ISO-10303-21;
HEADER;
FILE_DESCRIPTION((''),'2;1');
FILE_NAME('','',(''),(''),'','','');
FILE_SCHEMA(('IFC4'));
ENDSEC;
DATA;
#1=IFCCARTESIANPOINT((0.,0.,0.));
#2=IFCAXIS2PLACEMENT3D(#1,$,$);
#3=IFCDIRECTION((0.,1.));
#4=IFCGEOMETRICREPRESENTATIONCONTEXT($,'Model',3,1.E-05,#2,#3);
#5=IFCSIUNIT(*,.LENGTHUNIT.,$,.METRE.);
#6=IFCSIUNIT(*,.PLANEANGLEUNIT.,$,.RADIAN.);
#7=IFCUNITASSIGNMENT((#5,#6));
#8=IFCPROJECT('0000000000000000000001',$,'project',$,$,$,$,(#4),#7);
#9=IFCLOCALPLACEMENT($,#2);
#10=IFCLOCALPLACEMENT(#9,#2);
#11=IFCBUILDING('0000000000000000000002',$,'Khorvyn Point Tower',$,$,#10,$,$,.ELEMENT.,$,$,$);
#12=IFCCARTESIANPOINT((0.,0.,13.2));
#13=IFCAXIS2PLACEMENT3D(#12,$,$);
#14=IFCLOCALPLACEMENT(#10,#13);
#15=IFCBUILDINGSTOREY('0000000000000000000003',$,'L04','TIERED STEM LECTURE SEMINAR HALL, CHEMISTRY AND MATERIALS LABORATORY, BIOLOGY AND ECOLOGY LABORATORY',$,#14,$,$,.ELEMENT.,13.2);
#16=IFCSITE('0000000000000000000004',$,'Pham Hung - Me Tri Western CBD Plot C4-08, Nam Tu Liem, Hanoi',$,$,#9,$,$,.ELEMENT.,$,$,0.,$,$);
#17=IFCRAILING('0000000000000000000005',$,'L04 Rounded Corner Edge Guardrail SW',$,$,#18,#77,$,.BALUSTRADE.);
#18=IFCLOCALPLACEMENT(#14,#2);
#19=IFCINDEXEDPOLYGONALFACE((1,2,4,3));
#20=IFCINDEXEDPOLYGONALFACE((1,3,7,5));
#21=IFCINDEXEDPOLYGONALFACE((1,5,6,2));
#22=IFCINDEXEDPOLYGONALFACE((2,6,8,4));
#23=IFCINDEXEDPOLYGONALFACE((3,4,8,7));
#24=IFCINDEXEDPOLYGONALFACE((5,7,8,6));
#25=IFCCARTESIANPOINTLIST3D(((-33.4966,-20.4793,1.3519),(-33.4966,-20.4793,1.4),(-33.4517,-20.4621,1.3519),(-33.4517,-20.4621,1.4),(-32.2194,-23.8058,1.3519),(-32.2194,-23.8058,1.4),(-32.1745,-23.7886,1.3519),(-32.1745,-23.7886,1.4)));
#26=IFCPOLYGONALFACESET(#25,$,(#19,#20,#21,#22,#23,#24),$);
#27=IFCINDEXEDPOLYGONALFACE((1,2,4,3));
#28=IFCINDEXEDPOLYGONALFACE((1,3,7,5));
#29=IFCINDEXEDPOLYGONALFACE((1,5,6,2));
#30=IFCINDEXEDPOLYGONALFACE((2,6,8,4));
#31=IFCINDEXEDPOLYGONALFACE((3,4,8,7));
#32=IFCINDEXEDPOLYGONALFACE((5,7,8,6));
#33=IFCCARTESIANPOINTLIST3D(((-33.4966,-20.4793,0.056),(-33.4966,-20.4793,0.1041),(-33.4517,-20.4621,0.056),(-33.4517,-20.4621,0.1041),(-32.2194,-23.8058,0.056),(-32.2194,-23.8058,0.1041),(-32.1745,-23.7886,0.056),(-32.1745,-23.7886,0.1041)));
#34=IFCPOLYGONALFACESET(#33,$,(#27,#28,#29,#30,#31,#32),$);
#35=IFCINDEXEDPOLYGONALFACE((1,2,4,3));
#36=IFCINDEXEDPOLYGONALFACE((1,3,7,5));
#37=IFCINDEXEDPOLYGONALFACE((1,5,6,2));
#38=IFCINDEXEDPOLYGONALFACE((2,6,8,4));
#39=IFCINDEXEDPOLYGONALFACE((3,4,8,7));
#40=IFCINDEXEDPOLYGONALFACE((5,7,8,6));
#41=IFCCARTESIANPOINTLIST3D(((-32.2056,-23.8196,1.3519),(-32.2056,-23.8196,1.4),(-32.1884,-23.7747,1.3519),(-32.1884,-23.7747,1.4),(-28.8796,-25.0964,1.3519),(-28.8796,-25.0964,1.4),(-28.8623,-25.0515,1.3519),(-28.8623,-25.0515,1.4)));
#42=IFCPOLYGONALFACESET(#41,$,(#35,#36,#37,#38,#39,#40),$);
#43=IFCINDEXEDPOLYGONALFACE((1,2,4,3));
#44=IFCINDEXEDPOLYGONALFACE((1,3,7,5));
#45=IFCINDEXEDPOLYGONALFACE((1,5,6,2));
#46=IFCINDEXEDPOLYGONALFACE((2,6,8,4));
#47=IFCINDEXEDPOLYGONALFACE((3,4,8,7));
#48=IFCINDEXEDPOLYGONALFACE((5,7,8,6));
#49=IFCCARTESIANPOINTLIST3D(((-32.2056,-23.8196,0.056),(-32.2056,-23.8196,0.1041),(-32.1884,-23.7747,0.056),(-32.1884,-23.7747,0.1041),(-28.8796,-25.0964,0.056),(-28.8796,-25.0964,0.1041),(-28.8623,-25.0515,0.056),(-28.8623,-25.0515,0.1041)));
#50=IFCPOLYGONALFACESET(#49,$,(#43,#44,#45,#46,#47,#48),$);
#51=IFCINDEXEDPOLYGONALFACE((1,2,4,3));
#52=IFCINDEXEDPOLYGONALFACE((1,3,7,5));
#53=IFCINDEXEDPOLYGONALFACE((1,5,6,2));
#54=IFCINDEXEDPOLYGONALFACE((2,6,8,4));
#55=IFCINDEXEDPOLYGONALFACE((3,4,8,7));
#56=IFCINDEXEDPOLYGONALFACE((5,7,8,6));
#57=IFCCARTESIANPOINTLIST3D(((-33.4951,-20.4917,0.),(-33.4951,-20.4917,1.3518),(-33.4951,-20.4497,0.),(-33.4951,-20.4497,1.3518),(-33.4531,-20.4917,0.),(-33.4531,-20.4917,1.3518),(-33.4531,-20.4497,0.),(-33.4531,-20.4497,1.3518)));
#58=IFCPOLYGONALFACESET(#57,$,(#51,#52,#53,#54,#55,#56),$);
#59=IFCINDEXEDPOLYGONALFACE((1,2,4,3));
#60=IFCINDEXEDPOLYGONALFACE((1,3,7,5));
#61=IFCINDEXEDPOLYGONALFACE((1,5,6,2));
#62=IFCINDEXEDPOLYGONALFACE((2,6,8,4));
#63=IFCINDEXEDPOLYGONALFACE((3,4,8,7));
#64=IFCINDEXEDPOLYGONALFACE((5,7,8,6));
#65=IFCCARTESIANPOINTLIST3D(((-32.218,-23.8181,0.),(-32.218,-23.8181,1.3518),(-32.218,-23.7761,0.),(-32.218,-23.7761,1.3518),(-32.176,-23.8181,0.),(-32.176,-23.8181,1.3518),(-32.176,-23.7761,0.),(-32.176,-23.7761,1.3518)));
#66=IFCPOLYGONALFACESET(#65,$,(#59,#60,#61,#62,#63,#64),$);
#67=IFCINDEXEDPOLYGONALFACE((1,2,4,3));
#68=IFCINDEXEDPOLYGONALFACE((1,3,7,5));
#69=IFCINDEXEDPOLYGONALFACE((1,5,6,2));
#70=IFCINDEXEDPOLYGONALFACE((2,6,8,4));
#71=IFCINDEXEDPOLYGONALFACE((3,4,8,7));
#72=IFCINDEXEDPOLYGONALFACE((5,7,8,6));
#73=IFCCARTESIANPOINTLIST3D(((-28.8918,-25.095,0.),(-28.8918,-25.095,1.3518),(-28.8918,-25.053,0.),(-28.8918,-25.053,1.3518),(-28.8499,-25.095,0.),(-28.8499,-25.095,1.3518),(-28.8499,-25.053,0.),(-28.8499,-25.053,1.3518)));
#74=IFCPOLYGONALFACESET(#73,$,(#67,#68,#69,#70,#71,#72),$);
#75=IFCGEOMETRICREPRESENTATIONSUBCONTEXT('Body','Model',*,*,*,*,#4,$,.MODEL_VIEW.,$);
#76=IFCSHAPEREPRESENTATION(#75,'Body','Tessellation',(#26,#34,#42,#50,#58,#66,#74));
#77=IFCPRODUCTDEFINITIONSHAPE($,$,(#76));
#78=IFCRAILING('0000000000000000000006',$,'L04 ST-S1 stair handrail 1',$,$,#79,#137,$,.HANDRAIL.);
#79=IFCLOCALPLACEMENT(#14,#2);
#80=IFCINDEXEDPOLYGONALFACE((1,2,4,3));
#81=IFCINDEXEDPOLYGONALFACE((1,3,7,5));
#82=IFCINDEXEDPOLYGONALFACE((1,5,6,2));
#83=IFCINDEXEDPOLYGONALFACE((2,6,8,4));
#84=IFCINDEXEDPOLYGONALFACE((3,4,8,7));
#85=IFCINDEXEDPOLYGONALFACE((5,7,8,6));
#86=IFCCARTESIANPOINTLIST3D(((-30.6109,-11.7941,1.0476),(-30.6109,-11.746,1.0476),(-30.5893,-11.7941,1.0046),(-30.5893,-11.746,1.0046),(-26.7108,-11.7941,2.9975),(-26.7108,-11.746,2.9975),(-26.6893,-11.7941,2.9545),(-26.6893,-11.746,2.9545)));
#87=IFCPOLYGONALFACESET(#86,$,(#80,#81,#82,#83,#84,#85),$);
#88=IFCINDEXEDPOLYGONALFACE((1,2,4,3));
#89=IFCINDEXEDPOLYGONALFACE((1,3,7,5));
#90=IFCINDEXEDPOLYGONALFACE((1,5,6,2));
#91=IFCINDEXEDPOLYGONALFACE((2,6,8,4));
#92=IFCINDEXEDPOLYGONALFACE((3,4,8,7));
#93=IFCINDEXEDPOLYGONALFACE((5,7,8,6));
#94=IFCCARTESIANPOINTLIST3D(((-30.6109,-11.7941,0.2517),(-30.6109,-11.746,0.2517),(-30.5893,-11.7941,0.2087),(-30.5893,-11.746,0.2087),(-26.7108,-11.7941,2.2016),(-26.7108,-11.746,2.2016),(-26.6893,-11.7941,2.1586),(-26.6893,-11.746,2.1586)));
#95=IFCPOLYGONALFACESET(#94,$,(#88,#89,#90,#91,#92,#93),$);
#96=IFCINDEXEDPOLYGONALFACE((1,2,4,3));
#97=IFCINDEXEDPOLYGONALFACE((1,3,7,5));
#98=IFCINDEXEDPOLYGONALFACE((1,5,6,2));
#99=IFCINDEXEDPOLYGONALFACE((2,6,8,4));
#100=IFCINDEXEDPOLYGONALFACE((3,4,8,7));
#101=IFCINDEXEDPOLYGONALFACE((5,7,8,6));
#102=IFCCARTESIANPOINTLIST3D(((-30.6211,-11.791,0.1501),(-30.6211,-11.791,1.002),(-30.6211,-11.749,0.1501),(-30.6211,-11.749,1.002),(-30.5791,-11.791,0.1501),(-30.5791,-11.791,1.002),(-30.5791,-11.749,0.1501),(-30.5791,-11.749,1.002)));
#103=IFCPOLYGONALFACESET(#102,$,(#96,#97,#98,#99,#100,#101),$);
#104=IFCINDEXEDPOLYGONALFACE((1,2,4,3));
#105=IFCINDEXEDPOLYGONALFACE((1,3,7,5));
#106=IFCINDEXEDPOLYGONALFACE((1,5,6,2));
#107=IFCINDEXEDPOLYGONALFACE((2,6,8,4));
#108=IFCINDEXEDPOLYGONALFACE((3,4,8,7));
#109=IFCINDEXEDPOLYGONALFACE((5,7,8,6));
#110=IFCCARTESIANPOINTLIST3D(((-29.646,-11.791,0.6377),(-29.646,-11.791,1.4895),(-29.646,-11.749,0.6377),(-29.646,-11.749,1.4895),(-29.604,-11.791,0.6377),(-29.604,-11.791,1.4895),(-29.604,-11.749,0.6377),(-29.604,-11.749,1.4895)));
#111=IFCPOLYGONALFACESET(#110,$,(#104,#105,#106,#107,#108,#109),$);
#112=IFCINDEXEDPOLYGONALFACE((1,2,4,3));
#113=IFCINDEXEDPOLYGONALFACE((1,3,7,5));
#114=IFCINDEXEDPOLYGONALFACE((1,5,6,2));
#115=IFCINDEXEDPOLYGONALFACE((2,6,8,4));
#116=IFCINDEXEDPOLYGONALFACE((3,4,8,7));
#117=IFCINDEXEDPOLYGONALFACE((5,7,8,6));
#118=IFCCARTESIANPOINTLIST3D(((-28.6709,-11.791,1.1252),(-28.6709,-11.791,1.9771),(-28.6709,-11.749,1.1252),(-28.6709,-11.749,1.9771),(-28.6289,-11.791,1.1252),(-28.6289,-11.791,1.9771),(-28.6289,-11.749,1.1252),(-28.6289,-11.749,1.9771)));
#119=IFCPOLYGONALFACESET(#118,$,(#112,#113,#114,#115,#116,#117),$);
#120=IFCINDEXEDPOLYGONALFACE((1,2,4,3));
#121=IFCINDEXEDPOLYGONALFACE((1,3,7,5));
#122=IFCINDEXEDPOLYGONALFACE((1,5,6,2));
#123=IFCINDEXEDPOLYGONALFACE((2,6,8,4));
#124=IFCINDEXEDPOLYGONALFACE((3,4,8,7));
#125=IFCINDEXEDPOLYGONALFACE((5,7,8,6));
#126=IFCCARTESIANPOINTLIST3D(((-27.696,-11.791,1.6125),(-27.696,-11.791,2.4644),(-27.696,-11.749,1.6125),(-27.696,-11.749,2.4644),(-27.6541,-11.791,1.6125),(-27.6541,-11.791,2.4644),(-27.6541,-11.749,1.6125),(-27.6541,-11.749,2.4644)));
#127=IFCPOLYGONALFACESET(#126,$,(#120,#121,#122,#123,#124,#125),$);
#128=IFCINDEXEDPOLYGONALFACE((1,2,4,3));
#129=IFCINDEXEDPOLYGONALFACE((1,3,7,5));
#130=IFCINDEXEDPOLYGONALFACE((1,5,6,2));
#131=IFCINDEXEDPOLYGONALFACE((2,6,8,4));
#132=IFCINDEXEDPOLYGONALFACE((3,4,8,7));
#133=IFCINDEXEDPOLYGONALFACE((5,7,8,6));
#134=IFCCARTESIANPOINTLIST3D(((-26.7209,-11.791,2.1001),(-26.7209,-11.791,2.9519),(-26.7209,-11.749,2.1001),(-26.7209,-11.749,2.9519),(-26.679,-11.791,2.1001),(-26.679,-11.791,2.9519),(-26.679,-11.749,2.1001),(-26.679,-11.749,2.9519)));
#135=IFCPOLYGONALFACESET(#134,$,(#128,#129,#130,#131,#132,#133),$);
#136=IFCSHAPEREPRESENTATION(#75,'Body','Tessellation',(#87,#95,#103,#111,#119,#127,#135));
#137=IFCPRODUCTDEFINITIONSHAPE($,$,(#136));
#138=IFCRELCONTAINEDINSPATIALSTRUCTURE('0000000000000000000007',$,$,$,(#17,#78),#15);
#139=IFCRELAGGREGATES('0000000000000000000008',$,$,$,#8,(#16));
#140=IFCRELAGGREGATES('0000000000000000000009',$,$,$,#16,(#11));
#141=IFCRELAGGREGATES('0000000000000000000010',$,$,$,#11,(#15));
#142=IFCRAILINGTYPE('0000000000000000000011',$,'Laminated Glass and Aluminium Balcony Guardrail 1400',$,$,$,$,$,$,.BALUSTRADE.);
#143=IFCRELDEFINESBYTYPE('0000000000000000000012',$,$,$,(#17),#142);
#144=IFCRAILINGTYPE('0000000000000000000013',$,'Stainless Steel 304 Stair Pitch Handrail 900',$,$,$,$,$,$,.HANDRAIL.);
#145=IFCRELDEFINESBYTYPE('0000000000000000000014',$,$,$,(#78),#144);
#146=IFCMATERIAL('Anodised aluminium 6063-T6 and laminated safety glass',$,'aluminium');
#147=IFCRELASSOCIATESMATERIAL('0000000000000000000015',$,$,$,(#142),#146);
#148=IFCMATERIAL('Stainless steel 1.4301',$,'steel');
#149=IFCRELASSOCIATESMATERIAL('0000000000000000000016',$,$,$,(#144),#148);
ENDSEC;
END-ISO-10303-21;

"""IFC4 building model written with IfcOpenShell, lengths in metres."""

from ifc_helpers import new_model, si_unit, direction, frame, origin, origin_2d, place, context, subcontext, project, spatial, rectangle, extrude, material, type_object, element, save


model = new_model("IFC4")

# Units and contexts
model_context = context("Model", 3, precision=1e-05, world=origin(), true_north=direction((0.0, 1.0)))
body_context = subcontext(model_context, "Body", "Model", "MODEL_VIEW")
ifc_project = project(units=[si_unit("LENGTHUNIT", "METRE"), si_unit("PLANEANGLEUNIT", "RADIAN")], contexts=[model_context])

# Site, building, storey
site_placement = place(None, origin())
site = spatial("IfcSite", under=ifc_project, at=site_placement, Name="Pham Hung - Me Tri Western CBD Plot C4-08, Nam Tu Liem, Hanoi", CompositionType="ELEMENT", RefElevation=0.0)
building_placement = place(site_placement, origin())
building = spatial("IfcBuilding", under=site, at=building_placement, Name="Khorvyn Point Tower", CompositionType="ELEMENT")
storey_placement = place(building_placement, frame((0.0, 0.0, 13.2)))
storey = spatial("IfcBuildingStorey", under=building, at=storey_placement, Name="L04", Description="TIERED STEM LECTURE SEMINAR HALL, CHEMISTRY AND MATERIALS LABORATORY, BIOLOGY AND ECOLOGY LABORATORY", CompositionType="ELEMENT", Elevation=13.2)

# Railings
ifc_material_1 = material(Name="Anodised aluminium 6063-T6 and laminated safety glass", Category="aluminium")
railing_type_1 = type_object("IfcRailingType", Name="Laminated Glass and Aluminium Balcony Guardrail 1400", PredefinedType="BALUSTRADE", material=ifc_material_1)
railing_1_placement = place(storey_placement, frame((-33.4741, -20.4707, 0.0)))
element("IfcRailing", 1, at=railing_1_placement, inside=storey, type_object=railing_type_1, Name="L04 Rounded Corner Edge Guardrail SW", PredefinedType="BALUSTRADE", context=body_context, shape_type="SweptSolid", body=[
    extrude(rectangle(XDim=0.0481, YDim=0.0481, at=origin_2d()), frame((0.0, 0.0, 1.376), z_axis=(0.358419, -0.933561, 0.0), x_axis=(0.933561, 0.358419, 0.0)), (0.0, 0.0, 1.0), 3.5632),
    extrude(rectangle(XDim=0.0481, YDim=0.0481, at=origin_2d()), frame((0.0, 0.0, 0.0801), z_axis=(0.358419, -0.933561, 0.0), x_axis=(0.933561, 0.358419, 0.0)), (0.0, 0.0, 1.0), 3.5632),
    extrude(rectangle(XDim=0.0481, YDim=0.0481, at=origin_2d()), frame((1.2771, -3.3264, 1.376), z_axis=(0.933575, -0.358382, 0.0), x_axis=(0.358382, 0.933575, 0.0)), (0.0, 0.0, 1.0), 3.5627),
    extrude(rectangle(XDim=0.0481, YDim=0.0481, at=origin_2d()), frame((1.2771, -3.3264, 0.0801), z_axis=(0.933575, -0.358382, 0.0), x_axis=(0.358382, 0.933575, 0.0)), (0.0, 0.0, 1.0), 3.5627),
    extrude(rectangle(XDim=0.042, YDim=0.042, at=origin_2d()), origin(), (0.0, 0.0, 1.0), 1.3518),
    extrude(rectangle(XDim=0.042, YDim=0.042, at=origin_2d()), frame((1.2771, -3.3264, 0.0)), (0.0, 0.0, 1.0), 1.3518),
    extrude(rectangle(XDim=0.042, YDim=0.042, at=origin_2d()), frame((4.6033, -4.6033, 0.0)), (0.0, 0.0, 1.0), 1.3518),
])
ifc_material_2 = material(Name="Stainless steel 1.4301", Category="steel")
railing_type_2 = type_object("IfcRailingType", Name="Stainless Steel 304 Stair Pitch Handrail 900", PredefinedType="HANDRAIL", material=ifc_material_2)
railing_2_placement = place(storey_placement, frame((-30.6001, -11.77, 0.1501)))
element("IfcRailing", 2, at=railing_2_placement, inside=storey, type_object=railing_type_2, Name="L04 ST-S1 stair handrail 1", PredefinedType="HANDRAIL", context=body_context, shape_type="SweptSolid", body=[
    extrude(rectangle(XDim=0.0481, YDim=0.0481, at=origin_2d()), frame((0.0, 0.0, 0.876), z_axis=(0.894438, 0.0, 0.447191), x_axis=(0.0, 1.0, 0.0)), (0.0, 0.0, 1.0), 4.3604),
    extrude(rectangle(XDim=0.0481, YDim=0.0481, at=origin_2d()), frame((0.0, 0.0, 0.0801), z_axis=(0.894438, 0.0, 0.447191), x_axis=(0.0, 1.0, 0.0)), (0.0, 0.0, 1.0), 4.3604),
    extrude(rectangle(XDim=0.042, YDim=0.042, at=origin_2d()), origin(), (0.0, 0.0, 1.0), 0.8518),
    extrude(rectangle(XDim=0.042, YDim=0.042, at=origin_2d()), frame((0.9751, 0.0, 0.4875)), (0.0, 0.0, 1.0), 0.8518),
    extrude(rectangle(XDim=0.042, YDim=0.042, at=origin_2d()), frame((1.9502, 0.0, 0.9751)), (0.0, 0.0, 1.0), 0.8518),
    extrude(rectangle(XDim=0.042, YDim=0.042, at=origin_2d()), frame((2.925, 0.0, 1.4624)), (0.0, 0.0, 1.0), 0.8518),
    extrude(rectangle(XDim=0.042, YDim=0.042, at=origin_2d()), frame((3.9001, 0.0, 1.95)), (0.0, 0.0, 1.0), 0.8518),
])

save(model, "model.ifc")
